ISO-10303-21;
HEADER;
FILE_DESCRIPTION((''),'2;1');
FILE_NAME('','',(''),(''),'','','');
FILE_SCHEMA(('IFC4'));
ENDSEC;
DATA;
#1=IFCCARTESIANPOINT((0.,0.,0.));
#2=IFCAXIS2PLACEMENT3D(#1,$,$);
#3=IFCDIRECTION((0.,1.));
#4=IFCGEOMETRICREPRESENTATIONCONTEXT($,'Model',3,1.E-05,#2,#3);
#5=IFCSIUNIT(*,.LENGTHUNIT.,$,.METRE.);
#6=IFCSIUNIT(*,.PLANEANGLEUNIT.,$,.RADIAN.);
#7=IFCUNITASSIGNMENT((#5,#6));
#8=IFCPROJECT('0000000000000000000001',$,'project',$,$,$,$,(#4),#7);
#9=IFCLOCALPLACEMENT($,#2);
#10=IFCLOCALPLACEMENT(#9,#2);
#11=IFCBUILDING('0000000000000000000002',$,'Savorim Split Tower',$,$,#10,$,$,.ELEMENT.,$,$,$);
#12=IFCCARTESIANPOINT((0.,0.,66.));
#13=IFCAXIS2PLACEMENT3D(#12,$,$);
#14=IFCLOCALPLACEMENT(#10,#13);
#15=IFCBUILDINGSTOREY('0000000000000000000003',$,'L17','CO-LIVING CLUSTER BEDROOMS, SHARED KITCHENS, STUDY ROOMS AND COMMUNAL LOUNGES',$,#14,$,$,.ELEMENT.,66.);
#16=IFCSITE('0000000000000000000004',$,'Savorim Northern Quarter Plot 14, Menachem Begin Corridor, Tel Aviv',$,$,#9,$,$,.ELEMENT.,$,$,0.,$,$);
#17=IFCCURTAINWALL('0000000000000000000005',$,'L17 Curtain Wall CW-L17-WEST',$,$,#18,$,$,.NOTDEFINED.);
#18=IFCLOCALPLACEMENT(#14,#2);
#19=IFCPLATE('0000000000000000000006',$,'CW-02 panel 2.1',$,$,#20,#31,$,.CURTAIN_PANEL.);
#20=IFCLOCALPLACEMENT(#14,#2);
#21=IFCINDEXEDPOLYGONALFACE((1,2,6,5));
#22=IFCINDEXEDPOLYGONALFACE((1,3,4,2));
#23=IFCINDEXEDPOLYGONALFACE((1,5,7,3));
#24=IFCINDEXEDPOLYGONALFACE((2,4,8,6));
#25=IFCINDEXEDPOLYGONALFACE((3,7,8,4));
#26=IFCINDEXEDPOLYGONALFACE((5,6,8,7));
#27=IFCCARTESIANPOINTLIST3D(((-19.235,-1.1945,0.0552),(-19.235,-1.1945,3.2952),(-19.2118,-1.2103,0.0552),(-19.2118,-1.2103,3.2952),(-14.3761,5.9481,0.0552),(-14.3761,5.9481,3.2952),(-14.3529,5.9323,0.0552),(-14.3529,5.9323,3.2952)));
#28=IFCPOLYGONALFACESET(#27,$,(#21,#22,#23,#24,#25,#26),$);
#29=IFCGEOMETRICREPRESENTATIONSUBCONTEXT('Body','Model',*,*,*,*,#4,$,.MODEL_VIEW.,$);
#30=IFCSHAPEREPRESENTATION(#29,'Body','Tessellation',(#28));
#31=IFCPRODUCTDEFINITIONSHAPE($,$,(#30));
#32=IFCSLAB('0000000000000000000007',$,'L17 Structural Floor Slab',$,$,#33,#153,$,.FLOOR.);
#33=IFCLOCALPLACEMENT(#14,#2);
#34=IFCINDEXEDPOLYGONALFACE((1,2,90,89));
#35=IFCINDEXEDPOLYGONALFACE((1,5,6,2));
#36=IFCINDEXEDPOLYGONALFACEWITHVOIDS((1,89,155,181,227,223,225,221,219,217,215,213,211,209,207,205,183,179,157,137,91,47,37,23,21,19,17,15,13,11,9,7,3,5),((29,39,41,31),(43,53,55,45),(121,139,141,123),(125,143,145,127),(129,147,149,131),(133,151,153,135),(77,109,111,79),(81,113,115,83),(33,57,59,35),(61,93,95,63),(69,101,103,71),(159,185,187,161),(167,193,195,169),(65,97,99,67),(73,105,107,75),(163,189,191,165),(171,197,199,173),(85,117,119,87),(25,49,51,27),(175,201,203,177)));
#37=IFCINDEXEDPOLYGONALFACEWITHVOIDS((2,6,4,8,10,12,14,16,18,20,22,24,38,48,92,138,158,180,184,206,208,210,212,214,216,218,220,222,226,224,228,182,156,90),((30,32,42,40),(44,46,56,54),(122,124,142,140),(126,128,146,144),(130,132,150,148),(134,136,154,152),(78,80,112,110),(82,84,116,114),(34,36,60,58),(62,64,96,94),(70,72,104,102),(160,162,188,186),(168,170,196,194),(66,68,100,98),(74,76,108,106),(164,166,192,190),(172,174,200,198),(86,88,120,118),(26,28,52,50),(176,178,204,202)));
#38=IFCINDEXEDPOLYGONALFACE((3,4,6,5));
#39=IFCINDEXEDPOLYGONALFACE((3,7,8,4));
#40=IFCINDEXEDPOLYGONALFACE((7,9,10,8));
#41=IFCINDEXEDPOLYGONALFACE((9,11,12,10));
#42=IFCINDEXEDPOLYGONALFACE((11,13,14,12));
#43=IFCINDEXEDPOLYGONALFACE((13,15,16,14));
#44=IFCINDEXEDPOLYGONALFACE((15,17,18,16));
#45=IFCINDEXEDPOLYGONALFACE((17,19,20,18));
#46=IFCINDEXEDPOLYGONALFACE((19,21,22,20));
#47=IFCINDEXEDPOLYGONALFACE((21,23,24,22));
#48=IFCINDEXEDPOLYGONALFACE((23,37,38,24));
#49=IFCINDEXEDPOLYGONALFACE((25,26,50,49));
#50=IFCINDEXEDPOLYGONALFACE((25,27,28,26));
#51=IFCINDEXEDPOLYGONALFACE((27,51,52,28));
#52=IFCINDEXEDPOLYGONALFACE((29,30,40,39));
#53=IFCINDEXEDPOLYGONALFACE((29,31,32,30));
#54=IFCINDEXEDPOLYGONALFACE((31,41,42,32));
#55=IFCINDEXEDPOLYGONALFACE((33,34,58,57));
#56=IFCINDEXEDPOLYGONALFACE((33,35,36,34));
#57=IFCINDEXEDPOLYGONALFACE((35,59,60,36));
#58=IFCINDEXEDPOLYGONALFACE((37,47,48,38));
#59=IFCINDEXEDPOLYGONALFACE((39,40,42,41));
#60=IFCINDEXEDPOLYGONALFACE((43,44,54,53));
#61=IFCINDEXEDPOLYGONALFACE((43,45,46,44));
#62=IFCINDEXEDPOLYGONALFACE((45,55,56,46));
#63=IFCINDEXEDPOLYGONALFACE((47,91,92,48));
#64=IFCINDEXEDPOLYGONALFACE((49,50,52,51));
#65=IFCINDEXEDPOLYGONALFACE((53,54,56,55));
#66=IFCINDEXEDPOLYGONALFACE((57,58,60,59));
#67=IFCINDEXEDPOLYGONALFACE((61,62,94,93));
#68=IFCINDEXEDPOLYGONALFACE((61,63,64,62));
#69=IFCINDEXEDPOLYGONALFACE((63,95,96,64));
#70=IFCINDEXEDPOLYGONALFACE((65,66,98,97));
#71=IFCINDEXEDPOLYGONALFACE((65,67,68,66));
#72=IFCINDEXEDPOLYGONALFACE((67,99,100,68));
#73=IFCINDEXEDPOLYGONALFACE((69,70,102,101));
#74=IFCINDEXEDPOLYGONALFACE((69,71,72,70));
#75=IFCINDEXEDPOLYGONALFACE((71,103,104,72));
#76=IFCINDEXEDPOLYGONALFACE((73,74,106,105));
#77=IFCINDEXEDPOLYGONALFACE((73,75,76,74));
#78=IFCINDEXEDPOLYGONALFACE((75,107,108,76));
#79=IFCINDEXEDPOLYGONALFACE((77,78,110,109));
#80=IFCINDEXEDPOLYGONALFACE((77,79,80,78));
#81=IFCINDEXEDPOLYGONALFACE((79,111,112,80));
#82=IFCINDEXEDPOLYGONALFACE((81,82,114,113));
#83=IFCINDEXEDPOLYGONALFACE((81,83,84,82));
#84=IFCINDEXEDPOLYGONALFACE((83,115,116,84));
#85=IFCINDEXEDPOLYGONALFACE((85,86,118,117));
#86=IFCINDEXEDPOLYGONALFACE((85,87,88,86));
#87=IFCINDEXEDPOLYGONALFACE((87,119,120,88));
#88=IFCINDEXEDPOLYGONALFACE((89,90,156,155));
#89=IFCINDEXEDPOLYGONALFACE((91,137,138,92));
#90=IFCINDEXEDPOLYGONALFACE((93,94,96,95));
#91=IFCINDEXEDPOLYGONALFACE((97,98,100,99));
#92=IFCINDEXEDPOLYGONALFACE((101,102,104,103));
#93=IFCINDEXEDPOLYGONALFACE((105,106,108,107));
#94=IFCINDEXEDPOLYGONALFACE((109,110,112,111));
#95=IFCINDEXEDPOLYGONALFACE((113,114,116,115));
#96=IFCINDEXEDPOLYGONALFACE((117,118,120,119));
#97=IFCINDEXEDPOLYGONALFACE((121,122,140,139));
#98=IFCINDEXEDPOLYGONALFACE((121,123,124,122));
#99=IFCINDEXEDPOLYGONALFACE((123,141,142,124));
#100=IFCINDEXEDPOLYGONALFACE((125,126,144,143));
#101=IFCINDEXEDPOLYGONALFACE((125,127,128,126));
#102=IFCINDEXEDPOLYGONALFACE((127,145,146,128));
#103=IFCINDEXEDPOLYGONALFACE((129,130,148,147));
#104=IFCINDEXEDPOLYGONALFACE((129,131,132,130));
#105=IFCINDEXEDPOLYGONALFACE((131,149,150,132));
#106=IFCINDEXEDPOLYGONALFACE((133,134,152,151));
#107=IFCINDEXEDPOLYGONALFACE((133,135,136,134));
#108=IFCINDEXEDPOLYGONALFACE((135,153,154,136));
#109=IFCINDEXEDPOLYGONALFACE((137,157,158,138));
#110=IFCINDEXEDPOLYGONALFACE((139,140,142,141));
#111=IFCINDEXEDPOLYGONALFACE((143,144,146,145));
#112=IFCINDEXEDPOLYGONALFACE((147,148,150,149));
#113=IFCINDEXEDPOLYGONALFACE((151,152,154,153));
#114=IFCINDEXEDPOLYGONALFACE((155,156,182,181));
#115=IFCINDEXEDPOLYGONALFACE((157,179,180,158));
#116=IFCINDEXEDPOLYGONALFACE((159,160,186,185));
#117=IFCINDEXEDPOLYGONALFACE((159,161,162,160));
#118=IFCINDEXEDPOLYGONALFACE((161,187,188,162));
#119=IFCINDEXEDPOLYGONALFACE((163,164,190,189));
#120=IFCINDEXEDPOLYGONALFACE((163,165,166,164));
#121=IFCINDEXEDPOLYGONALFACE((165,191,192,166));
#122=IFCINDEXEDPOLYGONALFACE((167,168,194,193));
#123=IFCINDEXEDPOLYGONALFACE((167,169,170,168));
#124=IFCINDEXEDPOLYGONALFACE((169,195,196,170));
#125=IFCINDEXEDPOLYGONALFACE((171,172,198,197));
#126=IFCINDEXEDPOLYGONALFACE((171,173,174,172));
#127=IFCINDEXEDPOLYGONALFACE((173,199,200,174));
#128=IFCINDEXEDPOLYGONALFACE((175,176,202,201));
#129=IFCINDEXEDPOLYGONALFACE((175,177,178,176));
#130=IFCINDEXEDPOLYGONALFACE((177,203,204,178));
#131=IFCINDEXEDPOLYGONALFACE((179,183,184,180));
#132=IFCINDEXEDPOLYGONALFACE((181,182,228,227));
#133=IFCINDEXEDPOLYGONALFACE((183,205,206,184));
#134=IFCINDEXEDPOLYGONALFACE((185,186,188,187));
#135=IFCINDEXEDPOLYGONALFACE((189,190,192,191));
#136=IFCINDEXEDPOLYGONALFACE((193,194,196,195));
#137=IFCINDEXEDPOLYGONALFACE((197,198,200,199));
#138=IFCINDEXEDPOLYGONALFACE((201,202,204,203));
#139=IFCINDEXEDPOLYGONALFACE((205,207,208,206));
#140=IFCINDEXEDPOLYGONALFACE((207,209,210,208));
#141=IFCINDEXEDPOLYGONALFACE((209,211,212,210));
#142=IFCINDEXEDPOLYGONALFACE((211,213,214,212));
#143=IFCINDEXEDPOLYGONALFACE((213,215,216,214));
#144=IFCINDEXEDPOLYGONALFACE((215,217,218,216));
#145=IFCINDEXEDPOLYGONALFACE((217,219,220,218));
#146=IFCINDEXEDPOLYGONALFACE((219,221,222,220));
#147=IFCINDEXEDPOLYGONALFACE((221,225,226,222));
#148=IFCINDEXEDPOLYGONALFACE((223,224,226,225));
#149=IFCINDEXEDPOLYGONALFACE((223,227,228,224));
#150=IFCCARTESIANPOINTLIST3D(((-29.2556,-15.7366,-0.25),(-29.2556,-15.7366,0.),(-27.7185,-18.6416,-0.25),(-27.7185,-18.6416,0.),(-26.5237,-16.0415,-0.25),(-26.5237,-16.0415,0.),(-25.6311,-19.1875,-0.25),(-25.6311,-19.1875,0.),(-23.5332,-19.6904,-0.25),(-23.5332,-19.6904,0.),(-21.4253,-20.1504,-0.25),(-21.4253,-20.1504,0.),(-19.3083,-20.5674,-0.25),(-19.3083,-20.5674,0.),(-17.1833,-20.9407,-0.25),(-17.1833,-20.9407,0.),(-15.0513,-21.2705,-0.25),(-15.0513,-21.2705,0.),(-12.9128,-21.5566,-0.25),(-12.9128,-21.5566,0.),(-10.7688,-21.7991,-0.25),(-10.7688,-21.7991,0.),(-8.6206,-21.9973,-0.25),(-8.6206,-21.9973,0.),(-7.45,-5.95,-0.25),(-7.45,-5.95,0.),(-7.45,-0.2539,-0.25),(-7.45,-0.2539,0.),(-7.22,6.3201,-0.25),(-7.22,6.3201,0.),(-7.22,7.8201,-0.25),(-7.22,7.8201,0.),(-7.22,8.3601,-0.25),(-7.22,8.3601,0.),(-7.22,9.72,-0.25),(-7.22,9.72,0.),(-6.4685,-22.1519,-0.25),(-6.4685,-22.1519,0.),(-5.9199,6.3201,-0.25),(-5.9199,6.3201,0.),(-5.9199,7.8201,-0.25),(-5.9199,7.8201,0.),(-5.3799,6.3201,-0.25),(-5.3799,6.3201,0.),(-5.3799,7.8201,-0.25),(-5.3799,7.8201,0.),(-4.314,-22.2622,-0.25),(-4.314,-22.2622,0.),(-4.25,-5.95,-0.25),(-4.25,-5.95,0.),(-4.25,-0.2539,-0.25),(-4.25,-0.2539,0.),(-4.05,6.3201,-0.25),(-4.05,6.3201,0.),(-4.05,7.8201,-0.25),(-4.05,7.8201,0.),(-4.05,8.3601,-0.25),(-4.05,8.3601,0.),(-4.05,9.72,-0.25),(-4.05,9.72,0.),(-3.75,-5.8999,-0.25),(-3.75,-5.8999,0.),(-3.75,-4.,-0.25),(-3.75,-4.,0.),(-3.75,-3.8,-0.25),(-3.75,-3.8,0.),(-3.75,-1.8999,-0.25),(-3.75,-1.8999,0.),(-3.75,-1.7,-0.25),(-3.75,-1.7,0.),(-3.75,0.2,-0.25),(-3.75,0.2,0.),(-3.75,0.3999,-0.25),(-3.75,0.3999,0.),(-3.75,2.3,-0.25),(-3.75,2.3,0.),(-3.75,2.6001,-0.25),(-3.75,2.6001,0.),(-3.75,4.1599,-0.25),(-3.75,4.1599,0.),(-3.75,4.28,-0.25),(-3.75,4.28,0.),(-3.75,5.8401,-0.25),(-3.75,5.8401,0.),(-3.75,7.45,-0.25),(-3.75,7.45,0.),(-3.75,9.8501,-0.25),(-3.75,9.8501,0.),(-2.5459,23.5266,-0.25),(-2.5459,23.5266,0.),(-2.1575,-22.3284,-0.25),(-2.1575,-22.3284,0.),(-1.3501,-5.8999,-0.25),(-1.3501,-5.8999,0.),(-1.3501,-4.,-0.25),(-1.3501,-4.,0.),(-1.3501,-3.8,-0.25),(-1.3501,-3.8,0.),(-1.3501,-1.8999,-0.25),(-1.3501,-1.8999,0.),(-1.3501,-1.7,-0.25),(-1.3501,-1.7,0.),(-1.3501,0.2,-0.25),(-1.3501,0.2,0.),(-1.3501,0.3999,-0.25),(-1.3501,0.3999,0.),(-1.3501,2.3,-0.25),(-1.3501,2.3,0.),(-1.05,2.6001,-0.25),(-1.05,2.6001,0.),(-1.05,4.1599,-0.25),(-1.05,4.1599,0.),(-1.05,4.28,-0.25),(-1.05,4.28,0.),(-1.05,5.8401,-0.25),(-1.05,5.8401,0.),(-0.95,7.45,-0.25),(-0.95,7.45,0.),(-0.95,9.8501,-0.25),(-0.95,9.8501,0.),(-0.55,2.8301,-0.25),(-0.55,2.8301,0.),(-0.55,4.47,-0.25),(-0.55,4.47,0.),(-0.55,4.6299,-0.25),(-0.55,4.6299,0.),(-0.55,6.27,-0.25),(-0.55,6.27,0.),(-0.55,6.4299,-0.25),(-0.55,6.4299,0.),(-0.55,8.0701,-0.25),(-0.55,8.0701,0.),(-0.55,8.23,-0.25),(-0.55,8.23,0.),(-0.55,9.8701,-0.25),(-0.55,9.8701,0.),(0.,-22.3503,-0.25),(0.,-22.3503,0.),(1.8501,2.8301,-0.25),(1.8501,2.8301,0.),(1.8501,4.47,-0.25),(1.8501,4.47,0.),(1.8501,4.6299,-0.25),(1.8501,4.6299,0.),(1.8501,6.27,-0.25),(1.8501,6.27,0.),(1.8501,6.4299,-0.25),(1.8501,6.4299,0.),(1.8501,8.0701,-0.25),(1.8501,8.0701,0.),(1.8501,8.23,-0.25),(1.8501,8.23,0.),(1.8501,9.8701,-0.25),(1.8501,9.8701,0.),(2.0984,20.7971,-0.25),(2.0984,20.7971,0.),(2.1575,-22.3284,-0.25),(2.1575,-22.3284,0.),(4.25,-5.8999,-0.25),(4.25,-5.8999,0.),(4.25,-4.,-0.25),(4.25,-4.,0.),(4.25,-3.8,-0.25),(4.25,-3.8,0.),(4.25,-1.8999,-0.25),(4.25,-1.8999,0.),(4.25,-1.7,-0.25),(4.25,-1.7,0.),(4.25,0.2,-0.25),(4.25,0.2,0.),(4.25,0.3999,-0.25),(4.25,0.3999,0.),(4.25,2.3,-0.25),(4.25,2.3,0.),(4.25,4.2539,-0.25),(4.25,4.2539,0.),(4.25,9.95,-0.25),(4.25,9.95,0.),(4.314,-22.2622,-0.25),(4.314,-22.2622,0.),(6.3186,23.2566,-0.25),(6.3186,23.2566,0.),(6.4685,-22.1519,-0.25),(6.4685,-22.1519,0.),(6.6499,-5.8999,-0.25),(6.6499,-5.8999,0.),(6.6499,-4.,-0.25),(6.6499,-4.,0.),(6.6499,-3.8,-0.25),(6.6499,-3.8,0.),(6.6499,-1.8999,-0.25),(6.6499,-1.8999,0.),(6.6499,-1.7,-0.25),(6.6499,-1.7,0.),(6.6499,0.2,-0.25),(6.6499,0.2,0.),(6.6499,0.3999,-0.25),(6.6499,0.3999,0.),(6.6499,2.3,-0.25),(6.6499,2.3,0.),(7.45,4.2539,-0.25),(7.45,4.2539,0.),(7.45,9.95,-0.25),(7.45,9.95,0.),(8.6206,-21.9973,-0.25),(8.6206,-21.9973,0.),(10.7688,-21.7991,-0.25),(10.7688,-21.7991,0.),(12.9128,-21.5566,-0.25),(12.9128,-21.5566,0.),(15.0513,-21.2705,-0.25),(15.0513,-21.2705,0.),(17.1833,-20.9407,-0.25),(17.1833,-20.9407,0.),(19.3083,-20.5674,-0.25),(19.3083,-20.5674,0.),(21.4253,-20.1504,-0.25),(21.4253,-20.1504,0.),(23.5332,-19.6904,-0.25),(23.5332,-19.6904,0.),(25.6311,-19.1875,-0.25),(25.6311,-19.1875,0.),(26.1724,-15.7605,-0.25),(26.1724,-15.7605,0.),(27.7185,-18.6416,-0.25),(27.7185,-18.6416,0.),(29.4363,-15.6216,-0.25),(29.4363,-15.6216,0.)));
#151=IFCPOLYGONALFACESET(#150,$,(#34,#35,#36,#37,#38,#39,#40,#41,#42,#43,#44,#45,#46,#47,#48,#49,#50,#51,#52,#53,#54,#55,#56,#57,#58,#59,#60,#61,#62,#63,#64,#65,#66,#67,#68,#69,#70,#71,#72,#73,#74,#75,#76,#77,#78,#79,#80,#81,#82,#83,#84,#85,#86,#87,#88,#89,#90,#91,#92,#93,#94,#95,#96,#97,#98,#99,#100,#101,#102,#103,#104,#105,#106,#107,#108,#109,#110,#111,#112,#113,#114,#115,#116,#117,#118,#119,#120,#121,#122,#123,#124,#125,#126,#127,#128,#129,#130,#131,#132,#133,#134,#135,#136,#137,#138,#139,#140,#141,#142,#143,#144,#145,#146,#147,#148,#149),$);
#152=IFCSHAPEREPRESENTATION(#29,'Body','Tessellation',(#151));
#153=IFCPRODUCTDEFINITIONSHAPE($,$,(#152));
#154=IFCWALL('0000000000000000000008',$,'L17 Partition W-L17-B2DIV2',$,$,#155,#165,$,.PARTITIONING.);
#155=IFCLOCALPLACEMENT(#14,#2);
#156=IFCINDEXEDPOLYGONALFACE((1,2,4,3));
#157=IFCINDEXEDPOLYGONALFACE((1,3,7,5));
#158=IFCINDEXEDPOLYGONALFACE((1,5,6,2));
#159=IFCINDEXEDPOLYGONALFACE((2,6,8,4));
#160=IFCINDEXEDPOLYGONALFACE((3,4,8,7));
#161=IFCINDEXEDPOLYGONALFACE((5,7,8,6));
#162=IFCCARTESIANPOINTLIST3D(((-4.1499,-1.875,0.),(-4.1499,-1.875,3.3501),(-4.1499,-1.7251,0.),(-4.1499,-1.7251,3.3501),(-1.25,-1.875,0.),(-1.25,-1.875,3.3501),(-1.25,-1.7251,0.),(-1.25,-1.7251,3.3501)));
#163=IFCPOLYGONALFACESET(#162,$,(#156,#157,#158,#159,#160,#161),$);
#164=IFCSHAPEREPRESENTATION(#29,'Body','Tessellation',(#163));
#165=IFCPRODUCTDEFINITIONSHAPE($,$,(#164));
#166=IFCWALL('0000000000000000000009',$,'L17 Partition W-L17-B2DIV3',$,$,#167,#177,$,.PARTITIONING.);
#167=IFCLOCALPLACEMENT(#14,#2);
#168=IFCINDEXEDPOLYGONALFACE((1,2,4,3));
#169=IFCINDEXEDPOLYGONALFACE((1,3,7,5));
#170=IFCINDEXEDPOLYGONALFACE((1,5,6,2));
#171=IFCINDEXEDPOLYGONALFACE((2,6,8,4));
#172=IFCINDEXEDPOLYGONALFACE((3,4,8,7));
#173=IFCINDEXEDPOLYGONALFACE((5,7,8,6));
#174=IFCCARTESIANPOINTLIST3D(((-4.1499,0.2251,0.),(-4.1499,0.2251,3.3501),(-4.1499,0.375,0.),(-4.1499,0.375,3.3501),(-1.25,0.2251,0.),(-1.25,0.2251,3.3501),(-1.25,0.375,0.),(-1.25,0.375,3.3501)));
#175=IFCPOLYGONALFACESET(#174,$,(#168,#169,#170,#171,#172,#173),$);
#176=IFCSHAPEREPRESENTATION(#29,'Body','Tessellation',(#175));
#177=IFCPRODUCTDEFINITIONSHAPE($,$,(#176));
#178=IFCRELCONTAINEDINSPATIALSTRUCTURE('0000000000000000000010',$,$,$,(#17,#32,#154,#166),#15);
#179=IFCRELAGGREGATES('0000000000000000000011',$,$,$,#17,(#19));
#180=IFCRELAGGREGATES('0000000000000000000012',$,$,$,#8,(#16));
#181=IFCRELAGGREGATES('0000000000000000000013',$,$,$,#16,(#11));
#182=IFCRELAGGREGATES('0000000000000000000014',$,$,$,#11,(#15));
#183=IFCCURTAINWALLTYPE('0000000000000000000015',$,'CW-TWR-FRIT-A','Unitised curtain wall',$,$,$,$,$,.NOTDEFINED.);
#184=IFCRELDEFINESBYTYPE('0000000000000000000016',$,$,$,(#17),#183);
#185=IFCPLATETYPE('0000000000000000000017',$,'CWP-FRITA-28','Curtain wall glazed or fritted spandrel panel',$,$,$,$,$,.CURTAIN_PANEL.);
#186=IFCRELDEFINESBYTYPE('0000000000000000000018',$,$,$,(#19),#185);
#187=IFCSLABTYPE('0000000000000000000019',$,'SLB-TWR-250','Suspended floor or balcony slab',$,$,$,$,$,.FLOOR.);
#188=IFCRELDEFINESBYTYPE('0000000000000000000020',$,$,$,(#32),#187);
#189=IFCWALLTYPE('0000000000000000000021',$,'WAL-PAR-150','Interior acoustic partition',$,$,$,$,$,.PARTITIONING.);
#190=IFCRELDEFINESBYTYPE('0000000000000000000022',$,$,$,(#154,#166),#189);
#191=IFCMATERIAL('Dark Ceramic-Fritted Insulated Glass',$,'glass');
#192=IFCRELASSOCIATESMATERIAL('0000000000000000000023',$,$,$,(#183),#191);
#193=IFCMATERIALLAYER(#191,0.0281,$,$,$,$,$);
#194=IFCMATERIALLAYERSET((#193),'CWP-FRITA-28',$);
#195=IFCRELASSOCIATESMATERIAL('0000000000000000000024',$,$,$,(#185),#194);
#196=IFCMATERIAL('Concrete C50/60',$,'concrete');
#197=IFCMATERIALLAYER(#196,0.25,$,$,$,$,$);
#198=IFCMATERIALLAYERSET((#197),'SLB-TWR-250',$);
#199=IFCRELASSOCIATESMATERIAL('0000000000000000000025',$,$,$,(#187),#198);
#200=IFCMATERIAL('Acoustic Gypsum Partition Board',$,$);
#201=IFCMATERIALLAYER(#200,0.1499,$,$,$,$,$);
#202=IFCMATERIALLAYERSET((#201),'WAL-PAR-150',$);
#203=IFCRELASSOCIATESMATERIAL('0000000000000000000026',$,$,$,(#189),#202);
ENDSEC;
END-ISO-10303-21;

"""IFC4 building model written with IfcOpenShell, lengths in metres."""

from ifc_helpers import new_model, si_unit, direction, frame, frame_2d, origin, origin_2d, place, context, subcontext, project, spatial, polyline, rectangle, outline, extrude, material, layer, layer_set, type_object, element, aggregate, save


model = new_model("IFC4")

# Units and contexts
model_context = context("Model", 3, precision=1e-05, world=origin(), true_north=direction((0.0, 1.0)))
body_context = subcontext(model_context, "Body", "Model", "MODEL_VIEW")
ifc_project = project(units=[si_unit("LENGTHUNIT", "METRE"), si_unit("PLANEANGLEUNIT", "RADIAN")], contexts=[model_context])

# Site, building, storey
site_placement = place(None, origin())
site = spatial("IfcSite", under=ifc_project, at=site_placement, Name="Savorim Northern Quarter Plot 14, Menachem Begin Corridor, Tel Aviv", CompositionType="ELEMENT", RefElevation=0.0)
building_placement = place(site_placement, origin())
building = spatial("IfcBuilding", under=site, at=building_placement, Name="Savorim Split Tower", CompositionType="ELEMENT")
storey_placement = place(building_placement, frame((0.0, 0.0, 66.0)))
storey = spatial("IfcBuildingStorey", under=building, at=storey_placement, Name="L17", Description="CO-LIVING CLUSTER BEDROOMS, SHARED KITCHENS, STUDY ROOMS AND COMMUNAL LOUNGES", CompositionType="ELEMENT", Elevation=66.0)

# Curtain wall, plate
ifc_material_1 = material(Name="Dark Ceramic-Fritted Insulated Glass", Category="glass")
curtain_wall_type = type_object("IfcCurtainWallType", Name="CW-TWR-FRIT-A", Description="Unitised curtain wall", PredefinedType="NOTDEFINED", material=ifc_material_1)
curtain_wall_placement = place(storey_placement, origin())
curtain_wall = element("IfcCurtainWall", 1, at=curtain_wall_placement, inside=storey, type_object=curtain_wall_type, Name="L17 Curtain Wall CW-L17-WEST", PredefinedType="NOTDEFINED")
ifc_layer_1 = layer(ifc_material_1, 0.0281)
ifc_layer_set_1 = layer_set([ifc_layer_1], Name="CWP-FRITA-28")
plate_type = type_object("IfcPlateType", Name="CWP-FRITA-28", Description="Curtain wall glazed or fritted spandrel panel", PredefinedType="CURTAIN_PANEL", material=ifc_layer_set_1)
plate_placement = place(storey_placement, frame((-16.7939, 2.3689, 0.0552), z_axis=(0.0, 0.0, 1.0), x_axis=(-0.562466, -0.82682, 0.0)))
plate = element("IfcPlate", 2, at=plate_placement, type_object=plate_type, Name="CW-02 panel 2.1", PredefinedType="CURTAIN_PANEL", context=body_context, shape_type="SweptSolid", body=[
    extrude(rectangle(XDim=8.6387, YDim=0.0281, at=origin_2d()), origin(), (0.0, 0.0, 1.0), 3.24),
])
aggregate(curtain_wall, [plate])

# Slab
ifc_material_2 = material(Name="Concrete C50/60", Category="concrete")
ifc_layer_2 = layer(ifc_material_2, 0.25)
ifc_layer_set_2 = layer_set([ifc_layer_2], Name="SLB-TWR-250")
slab_type = type_object("IfcSlabType", Name="SLB-TWR-250", Description="Suspended floor or balcony slab", PredefinedType="FLOOR", material=ifc_layer_set_2)
slab_placement = place(storey_placement, frame((0.0, 0.0, -0.25)))
element("IfcSlab", 3, at=slab_placement, inside=storey, type_object=slab_type, Name="L17 Structural Floor Slab", PredefinedType="FLOOR", context=body_context, shape_type="SweptSolid", body=[
    extrude(outline(polyline([(-27.7185, -18.6416), (-25.6311, -19.1875), (-23.5332, -19.6904), (-21.4253, -20.1504), (-19.3083, -20.5674), (-17.1833, -20.9407), (-15.0513, -21.2705), (-12.9128, -21.5566), (-10.7688, -21.7991), (-8.6206, -21.9973), (-6.4685, -22.1519), (-4.314, -22.2622), (-2.1575, -22.3284), (0.0, -22.3503), (2.1575, -22.3284), (4.314, -22.2622), (6.4685, -22.1519), (8.6206, -21.9973), (10.7688, -21.7991), (12.9128, -21.5566), (15.0513, -21.2705), (17.1833, -20.9407), (19.3083, -20.5674), (21.4253, -20.1504), (23.5332, -19.6904), (25.6311, -19.1875), (27.7185, -18.6416), (26.1724, -15.7605), (29.4363, -15.6216), (6.3186, 23.2566), (2.0984, 20.7971), (-2.5459, 23.5266), (-29.2556, -15.7366), (-26.5237, -16.0415), (-27.7185, -18.6416)]), holes=[polyline([(-7.45, -0.2539), (-7.45, -5.95), (-4.25, -5.95), (-4.25, -0.2539), (-7.45, -0.2539)]), polyline([(7.45, 4.2539), (7.45, 9.95), (4.25, 9.95), (4.25, 4.2539), (7.45, 4.2539)]), polyline([(4.25, -5.8999), (6.6499, -5.8999), (6.6499, -4.0), (4.25, -4.0), (4.25, -5.8999)]), polyline([(4.25, -3.8), (6.6499, -3.8), (6.6499, -1.8999), (4.25, -1.8999), (4.25, -3.8)]), polyline([(4.25, -1.7), (6.6499, -1.7), (6.6499, 0.2), (4.25, 0.2), (4.25, -1.7)]), polyline([(4.25, 0.3999), (6.6499, 0.3999), (6.6499, 2.3), (4.25, 2.3), (4.25, 0.3999)]), polyline([(-3.75, -5.8999), (-1.3501, -5.8999), (-1.3501, -4.0), (-3.75, -4.0), (-3.75, -5.8999)]), polyline([(-3.75, -3.8), (-1.3501, -3.8), (-1.3501, -1.8999), (-3.75, -1.8999), (-3.75, -3.8)]), polyline([(-3.75, -1.7), (-1.3501, -1.7), (-1.3501, 0.2), (-3.75, 0.2), (-3.75, -1.7)]), polyline([(-3.75, 0.3999), (-1.3501, 0.3999), (-1.3501, 2.3), (-3.75, 2.3), (-3.75, 0.3999)]), polyline([(-0.55, 2.8301), (1.8501, 2.8301), (1.8501, 4.47), (-0.55, 4.47), (-0.55, 2.8301)]), polyline([(-0.55, 4.6299), (1.8501, 4.6299), (1.8501, 6.27), (-0.55, 6.27), (-0.55, 4.6299)]), polyline([(-0.55, 6.4299), (1.8501, 6.4299), (1.8501, 8.0701), (-0.55, 8.0701), (-0.55, 6.4299)]), polyline([(-0.55, 8.23), (1.8501, 8.23), (1.8501, 9.8701), (-0.55, 9.8701), (-0.55, 8.23)]), polyline([(-3.75, 2.6001), (-1.05, 2.6001), (-1.05, 4.1599), (-3.75, 4.1599), (-3.75, 2.6001)]), polyline([(-3.75, 4.28), (-1.05, 4.28), (-1.05, 5.8401), (-3.75, 5.8401), (-3.75, 4.28)]), polyline([(-3.75, 7.45), (-0.95, 7.45), (-0.95, 9.8501), (-3.75, 9.8501), (-3.75, 7.45)]), polyline([(-7.22, 6.3201), (-5.9199, 6.3201), (-5.9199, 7.8201), (-7.22, 7.8201), (-7.22, 6.3201)]), polyline([(-5.3799, 6.3201), (-4.05, 6.3201), (-4.05, 7.8201), (-5.3799, 7.8201), (-5.3799, 6.3201)]), polyline([(-7.22, 8.3601), (-4.05, 8.3601), (-4.05, 9.72), (-7.22, 9.72), (-7.22, 8.3601)])]), origin(), (0.0, 0.0, 1.0), 0.25),
])

# Walls
ifc_material_3 = material(Name="Acoustic Gypsum Partition Board")
ifc_layer_3 = layer(ifc_material_3, 0.1499)
ifc_layer_set_3 = layer_set([ifc_layer_3], Name="WAL-PAR-150")
wall_type_1 = type_object("IfcWallType", Name="WAL-PAR-150", Description="Interior acoustic partition", PredefinedType="PARTITIONING", material=ifc_layer_set_3)
for number, where, z_axis, x_axis, name in (
    (4, (-4.1499, -1.8, 0.0), (0.0, 0.0, 1.0), (1.0, 0.0, 0.0), "L17 Partition W-L17-B2DIV2"),
    (5, (-4.1499, 0.3, 0.0), (0.0, 0.0, 1.0), (1.0, 0.0, 0.0), "L17 Partition W-L17-B2DIV3"),
):
    element("IfcWall", number, at=place(storey_placement, frame(where, z_axis=z_axis, x_axis=x_axis)), inside=storey, type_object=wall_type_1, Name=name, PredefinedType="PARTITIONING", context=body_context, shape_type="SweptSolid", body=[
        extrude(rectangle(XDim=2.8999, YDim=0.1499, at=frame_2d((1.45, 0.0))), origin(), (0.0, 0.0, 1.0), 3.3501),
    ])

save(model, "model.ifc")
